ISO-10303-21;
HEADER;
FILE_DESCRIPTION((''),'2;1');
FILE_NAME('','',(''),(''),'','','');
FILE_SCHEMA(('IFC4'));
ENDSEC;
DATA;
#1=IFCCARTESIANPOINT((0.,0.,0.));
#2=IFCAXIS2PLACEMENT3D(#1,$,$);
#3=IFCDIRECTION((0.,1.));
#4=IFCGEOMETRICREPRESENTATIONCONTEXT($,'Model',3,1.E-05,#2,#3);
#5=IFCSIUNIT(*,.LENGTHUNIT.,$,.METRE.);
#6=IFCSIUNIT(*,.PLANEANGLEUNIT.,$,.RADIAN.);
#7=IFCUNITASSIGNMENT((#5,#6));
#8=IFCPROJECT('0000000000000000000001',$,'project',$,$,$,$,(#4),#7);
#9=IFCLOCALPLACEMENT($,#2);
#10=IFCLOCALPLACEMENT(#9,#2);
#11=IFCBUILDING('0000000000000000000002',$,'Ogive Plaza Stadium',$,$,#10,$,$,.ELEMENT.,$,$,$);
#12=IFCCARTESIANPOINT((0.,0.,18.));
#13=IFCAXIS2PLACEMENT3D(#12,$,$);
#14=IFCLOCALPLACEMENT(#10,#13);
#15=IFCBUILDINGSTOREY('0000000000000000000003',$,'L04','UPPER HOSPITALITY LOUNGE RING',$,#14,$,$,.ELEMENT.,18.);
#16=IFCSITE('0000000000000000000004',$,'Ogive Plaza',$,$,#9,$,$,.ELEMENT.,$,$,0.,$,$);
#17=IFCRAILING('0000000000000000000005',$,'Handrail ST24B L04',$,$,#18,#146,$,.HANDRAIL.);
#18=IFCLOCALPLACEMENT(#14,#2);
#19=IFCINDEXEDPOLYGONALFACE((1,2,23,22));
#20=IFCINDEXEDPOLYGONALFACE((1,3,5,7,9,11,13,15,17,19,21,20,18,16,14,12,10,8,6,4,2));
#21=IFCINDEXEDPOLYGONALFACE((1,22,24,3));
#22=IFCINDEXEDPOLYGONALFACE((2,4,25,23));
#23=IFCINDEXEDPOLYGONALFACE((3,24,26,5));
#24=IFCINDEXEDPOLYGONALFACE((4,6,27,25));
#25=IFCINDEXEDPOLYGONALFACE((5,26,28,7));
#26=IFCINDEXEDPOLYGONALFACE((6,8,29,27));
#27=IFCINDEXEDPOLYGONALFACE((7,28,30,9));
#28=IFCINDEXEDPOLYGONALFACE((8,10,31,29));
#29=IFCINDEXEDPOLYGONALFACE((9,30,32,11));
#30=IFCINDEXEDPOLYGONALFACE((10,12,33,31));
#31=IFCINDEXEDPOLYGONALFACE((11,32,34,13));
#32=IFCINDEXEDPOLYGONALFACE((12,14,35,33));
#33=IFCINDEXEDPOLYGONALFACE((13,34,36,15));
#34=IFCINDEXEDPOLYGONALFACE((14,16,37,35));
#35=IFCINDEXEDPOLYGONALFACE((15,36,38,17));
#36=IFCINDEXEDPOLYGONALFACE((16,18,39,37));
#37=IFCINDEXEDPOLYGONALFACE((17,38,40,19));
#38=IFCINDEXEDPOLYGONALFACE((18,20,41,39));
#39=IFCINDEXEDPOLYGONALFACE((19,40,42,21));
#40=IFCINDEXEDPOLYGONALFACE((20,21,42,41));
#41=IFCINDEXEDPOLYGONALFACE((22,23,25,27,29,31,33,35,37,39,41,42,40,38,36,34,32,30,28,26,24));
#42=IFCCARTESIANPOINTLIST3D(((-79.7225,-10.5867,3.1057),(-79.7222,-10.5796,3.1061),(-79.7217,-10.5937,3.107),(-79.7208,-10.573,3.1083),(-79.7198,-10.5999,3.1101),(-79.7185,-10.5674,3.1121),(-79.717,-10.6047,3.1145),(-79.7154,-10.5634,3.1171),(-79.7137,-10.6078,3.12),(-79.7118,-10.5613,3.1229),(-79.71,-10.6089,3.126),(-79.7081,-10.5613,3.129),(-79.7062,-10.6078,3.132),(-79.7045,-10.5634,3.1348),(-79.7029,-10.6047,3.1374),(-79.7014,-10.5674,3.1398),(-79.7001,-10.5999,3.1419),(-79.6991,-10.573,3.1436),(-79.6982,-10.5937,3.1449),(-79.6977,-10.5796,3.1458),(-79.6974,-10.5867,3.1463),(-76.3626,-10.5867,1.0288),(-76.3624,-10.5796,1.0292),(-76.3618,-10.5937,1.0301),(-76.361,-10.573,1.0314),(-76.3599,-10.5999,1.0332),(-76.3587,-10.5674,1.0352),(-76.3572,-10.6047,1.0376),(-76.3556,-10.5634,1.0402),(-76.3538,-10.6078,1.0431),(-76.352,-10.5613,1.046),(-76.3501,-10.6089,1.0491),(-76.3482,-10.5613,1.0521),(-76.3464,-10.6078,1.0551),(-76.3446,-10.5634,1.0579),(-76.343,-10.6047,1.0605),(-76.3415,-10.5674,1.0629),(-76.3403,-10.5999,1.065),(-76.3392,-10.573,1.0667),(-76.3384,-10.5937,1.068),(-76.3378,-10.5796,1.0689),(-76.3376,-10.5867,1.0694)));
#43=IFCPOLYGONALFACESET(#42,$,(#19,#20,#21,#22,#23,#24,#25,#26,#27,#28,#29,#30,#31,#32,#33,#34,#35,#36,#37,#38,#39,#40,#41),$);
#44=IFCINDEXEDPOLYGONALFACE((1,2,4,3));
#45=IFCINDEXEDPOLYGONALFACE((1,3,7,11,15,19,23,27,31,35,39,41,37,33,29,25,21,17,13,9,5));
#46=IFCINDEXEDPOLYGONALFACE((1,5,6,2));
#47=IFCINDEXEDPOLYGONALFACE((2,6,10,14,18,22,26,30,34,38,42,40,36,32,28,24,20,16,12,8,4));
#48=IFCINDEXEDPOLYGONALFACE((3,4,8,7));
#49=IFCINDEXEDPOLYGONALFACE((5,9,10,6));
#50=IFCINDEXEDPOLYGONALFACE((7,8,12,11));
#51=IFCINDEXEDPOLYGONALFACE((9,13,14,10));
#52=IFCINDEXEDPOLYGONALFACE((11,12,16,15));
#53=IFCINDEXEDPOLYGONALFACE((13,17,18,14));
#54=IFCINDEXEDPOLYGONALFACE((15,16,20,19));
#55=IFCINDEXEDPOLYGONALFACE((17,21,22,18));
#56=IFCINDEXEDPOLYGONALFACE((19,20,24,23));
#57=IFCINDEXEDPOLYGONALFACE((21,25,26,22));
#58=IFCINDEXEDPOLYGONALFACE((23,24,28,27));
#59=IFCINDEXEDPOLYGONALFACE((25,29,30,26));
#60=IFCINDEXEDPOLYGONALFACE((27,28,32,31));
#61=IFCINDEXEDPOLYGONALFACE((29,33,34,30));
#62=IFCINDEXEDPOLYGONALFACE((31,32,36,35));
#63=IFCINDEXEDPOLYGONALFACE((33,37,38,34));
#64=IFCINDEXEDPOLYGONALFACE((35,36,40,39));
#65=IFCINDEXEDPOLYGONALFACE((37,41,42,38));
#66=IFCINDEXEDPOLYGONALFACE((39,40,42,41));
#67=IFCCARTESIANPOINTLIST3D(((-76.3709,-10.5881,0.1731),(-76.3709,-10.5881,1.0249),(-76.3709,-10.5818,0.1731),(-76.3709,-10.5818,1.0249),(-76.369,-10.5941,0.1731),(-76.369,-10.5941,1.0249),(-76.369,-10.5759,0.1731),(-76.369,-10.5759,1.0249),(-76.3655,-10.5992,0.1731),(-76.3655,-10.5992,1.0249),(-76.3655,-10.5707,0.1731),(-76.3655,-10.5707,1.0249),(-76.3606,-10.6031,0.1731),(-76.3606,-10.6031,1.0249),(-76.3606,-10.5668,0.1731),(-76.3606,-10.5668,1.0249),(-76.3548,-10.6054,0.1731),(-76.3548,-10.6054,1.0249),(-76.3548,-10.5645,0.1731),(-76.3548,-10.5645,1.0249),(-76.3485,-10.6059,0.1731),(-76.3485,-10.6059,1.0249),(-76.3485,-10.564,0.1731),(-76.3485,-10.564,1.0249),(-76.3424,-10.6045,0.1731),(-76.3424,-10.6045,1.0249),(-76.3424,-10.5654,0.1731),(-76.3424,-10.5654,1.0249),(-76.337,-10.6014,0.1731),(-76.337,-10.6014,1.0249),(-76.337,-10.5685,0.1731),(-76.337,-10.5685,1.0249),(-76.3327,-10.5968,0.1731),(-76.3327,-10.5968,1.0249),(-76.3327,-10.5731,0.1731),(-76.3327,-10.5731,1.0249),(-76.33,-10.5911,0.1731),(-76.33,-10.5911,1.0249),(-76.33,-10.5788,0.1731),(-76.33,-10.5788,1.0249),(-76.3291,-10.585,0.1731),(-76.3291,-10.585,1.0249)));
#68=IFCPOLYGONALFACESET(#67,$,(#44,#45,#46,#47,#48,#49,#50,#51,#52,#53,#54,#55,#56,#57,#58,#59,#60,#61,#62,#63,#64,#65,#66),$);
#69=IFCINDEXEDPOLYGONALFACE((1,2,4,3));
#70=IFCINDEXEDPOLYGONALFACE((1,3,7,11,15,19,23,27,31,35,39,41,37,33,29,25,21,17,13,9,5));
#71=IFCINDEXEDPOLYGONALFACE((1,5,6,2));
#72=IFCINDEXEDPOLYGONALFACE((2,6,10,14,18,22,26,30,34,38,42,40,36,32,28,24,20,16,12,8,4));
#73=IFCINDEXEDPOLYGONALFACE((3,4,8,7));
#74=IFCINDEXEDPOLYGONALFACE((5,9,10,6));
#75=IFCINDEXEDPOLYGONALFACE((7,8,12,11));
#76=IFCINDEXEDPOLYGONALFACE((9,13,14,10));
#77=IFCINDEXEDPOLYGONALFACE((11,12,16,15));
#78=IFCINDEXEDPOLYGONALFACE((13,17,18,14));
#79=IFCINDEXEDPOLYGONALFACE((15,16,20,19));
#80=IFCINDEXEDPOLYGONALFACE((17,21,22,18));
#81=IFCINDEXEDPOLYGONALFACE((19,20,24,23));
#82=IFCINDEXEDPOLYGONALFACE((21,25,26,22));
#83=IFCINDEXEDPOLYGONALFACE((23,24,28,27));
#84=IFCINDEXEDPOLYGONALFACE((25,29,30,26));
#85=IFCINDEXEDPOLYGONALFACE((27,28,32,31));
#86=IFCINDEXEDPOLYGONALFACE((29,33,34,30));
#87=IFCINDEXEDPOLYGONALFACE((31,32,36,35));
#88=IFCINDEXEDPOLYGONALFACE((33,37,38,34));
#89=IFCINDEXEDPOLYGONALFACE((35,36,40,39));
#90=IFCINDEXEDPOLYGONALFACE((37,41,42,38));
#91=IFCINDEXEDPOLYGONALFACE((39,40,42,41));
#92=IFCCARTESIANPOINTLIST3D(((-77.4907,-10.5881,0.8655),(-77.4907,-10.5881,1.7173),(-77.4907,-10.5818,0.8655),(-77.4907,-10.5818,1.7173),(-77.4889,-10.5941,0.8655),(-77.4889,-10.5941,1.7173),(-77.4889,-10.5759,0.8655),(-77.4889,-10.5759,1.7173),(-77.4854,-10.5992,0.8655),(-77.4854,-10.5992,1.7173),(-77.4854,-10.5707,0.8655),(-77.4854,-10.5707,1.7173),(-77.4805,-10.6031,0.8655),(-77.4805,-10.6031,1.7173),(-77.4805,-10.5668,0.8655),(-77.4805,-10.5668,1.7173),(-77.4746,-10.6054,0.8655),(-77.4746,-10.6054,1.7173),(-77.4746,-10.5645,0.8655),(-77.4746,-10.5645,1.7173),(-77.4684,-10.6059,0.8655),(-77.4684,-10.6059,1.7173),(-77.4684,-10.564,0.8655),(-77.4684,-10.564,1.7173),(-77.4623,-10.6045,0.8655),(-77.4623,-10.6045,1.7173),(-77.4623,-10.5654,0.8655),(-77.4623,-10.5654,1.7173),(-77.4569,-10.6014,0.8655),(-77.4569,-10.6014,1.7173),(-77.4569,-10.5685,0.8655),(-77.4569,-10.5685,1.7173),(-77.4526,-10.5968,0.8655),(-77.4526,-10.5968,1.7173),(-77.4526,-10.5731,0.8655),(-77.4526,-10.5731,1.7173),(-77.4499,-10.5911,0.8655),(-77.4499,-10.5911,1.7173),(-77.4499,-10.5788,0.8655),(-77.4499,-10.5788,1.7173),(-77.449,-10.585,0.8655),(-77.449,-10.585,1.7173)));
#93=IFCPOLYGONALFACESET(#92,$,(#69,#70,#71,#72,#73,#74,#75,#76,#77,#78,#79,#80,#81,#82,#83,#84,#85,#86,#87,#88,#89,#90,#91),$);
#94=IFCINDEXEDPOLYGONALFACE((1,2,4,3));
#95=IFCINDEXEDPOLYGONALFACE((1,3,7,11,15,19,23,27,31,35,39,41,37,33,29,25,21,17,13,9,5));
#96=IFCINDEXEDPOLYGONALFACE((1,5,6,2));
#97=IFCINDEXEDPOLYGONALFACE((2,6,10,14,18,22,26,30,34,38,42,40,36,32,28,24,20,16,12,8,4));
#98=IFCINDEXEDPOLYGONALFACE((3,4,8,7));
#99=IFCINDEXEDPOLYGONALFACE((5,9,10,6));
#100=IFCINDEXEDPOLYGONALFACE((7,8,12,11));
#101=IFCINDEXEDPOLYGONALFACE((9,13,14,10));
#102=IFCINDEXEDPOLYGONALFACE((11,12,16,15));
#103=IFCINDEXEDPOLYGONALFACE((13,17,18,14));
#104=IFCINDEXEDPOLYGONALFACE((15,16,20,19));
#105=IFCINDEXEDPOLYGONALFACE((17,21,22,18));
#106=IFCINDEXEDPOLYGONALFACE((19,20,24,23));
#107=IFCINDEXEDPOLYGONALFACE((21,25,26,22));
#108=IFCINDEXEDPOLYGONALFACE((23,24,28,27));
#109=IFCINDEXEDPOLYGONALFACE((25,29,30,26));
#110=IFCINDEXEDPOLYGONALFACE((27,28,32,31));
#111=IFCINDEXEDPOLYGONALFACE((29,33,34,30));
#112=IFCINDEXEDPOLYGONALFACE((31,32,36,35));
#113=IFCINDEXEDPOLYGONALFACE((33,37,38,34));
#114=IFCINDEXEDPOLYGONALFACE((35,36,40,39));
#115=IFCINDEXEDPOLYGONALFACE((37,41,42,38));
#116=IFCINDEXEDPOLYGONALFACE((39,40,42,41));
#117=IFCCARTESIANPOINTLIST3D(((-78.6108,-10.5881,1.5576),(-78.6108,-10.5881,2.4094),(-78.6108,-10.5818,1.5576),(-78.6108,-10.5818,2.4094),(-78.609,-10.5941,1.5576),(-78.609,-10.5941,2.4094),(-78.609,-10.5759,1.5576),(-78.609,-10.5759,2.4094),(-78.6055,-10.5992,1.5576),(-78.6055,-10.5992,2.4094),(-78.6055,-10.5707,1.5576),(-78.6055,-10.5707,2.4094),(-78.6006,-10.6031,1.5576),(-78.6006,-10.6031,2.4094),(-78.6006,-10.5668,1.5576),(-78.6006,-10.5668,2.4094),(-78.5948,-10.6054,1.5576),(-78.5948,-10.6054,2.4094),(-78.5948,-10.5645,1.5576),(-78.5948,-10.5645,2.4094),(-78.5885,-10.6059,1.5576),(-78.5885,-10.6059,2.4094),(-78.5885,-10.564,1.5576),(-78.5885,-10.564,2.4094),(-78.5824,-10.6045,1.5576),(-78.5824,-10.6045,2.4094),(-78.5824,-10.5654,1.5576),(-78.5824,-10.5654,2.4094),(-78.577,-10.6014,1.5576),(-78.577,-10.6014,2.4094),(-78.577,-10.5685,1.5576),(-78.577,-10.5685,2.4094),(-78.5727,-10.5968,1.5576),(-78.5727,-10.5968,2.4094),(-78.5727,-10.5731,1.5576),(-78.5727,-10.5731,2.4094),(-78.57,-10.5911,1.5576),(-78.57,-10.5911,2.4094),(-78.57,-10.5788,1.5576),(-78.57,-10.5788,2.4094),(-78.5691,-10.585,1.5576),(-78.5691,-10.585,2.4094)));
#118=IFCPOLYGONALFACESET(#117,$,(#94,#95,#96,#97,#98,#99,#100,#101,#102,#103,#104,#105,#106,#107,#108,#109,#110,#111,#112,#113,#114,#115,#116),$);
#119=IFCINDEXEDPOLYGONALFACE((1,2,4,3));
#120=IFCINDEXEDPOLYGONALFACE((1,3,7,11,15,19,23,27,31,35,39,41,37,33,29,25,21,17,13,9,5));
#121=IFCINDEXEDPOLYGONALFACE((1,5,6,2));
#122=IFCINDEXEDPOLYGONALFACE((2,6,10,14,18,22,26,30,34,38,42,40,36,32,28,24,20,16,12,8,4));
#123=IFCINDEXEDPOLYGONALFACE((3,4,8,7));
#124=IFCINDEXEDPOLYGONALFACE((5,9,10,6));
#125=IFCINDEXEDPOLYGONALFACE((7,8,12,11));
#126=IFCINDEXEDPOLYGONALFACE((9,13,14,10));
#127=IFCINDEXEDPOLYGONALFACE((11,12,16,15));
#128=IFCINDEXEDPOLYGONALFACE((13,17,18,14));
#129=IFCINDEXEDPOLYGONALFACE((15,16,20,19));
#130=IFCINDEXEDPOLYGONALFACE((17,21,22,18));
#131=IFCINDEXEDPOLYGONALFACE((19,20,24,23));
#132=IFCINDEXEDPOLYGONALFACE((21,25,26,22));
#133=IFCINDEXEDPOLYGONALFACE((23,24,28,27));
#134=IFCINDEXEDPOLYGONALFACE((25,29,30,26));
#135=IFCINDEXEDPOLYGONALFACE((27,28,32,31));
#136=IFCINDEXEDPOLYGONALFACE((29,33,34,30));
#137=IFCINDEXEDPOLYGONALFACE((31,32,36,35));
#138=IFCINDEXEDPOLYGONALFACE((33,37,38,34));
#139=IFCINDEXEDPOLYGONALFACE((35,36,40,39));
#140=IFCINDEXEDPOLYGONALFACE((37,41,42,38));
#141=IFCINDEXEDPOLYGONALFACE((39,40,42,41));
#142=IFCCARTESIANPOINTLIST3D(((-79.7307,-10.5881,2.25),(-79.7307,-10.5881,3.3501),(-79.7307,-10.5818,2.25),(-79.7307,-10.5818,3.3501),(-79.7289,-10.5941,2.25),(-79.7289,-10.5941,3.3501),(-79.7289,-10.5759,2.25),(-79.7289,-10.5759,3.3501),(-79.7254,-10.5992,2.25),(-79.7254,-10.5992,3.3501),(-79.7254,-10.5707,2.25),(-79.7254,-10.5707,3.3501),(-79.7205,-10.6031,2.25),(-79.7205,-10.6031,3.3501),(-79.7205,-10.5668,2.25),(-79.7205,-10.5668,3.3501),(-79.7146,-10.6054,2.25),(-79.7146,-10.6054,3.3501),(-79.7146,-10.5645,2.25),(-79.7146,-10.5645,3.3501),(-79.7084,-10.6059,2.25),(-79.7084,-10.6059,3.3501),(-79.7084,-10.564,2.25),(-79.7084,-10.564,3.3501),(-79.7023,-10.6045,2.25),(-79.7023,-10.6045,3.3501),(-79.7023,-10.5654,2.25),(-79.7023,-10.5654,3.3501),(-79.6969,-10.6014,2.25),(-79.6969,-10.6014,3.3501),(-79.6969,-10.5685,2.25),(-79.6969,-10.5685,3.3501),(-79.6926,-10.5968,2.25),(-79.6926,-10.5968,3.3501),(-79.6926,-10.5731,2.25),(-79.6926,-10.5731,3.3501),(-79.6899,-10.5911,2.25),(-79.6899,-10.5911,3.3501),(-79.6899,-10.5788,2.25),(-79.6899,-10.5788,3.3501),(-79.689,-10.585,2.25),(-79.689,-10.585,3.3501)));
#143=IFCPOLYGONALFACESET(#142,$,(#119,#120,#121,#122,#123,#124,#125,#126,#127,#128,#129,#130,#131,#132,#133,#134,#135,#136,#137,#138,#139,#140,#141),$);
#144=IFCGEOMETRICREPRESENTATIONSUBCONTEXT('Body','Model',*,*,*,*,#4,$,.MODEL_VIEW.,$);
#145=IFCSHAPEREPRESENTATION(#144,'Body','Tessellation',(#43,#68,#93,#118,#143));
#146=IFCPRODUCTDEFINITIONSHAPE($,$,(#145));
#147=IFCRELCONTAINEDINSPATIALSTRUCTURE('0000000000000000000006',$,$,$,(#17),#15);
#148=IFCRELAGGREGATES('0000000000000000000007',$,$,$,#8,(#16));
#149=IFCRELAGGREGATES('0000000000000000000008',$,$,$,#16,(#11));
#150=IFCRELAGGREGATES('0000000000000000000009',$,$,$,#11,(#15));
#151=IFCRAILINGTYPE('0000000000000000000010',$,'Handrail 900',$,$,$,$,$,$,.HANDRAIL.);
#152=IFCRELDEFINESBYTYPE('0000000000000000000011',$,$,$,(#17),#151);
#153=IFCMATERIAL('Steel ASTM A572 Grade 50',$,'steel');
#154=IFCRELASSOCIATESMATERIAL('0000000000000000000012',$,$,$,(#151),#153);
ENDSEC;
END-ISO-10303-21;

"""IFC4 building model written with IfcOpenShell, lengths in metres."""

from ifc_helpers import new_model, si_unit, direction, frame, origin, origin_2d, place, context, subcontext, project, spatial, circle, extrude, material, type_object, element, save


model = new_model("IFC4")

# Units and contexts
model_context = context("Model", 3, precision=1e-05, world=origin(), true_north=direction((0.0, 1.0)))
body_context = subcontext(model_context, "Body", "Model", "MODEL_VIEW")
ifc_project = project(units=[si_unit("LENGTHUNIT", "METRE"), si_unit("PLANEANGLEUNIT", "RADIAN")], contexts=[model_context])

# Site, building, storey
site_placement = place(None, origin())
site = spatial("IfcSite", under=ifc_project, at=site_placement, Name="Ogive Plaza", CompositionType="ELEMENT", RefElevation=0.0)
building_placement = place(site_placement, origin())
building = spatial("IfcBuilding", under=site, at=building_placement, Name="Ogive Plaza Stadium", CompositionType="ELEMENT")
storey_placement = place(building_placement, frame((0.0, 0.0, 18.0)))
storey = spatial("IfcBuildingStorey", under=building, at=storey_placement, Name="L04", Description="UPPER HOSPITALITY LOUNGE RING", CompositionType="ELEMENT", Elevation=18.0)

# Railing
ifc_material_1 = material(Name="Steel ASTM A572 Grade 50", Category="steel")
railing_type_1 = type_object("IfcRailingType", Name="Handrail 900", PredefinedType="HANDRAIL", material=ifc_material_1)
for number, where, name in (
    (1, (-76.3501, -10.585, 0.1731), "Handrail ST24B L04"),
):
    element("IfcRailing", number, at=place(storey_placement, frame(where)), inside=storey, type_object=railing_type_1, Name=name, PredefinedType="HANDRAIL", context=body_context, shape_type="SweptSolid", body=[
        extrude(circle(Radius=0.0239, at=origin_2d()), frame((0.0, 0.0, 0.876), z_axis=(-0.850606, 0.0, 0.525803), x_axis=(0.0, -1.0, 0.0)), (0.0, 0.0, 1.0), 3.95),
        extrude(circle(Radius=0.021, at=origin_2d()), origin(), (0.0, 0.0, 1.0), 0.8518),
        extrude(circle(Radius=0.021, at=origin_2d()), frame((-1.1199, 0.0, 0.6924)), (0.0, 0.0, 1.0), 0.8518),
        extrude(circle(Radius=0.021, at=origin_2d()), frame((-2.24, 0.0, 1.3845)), (0.0, 0.0, 1.0), 0.8518),
        extrude(circle(Radius=0.021, at=origin_2d()), frame((-3.3599, 0.0, 2.0769)), (0.0, 0.0, 1.0), 1.1001),
    ])

save(model, "model.ifc")
